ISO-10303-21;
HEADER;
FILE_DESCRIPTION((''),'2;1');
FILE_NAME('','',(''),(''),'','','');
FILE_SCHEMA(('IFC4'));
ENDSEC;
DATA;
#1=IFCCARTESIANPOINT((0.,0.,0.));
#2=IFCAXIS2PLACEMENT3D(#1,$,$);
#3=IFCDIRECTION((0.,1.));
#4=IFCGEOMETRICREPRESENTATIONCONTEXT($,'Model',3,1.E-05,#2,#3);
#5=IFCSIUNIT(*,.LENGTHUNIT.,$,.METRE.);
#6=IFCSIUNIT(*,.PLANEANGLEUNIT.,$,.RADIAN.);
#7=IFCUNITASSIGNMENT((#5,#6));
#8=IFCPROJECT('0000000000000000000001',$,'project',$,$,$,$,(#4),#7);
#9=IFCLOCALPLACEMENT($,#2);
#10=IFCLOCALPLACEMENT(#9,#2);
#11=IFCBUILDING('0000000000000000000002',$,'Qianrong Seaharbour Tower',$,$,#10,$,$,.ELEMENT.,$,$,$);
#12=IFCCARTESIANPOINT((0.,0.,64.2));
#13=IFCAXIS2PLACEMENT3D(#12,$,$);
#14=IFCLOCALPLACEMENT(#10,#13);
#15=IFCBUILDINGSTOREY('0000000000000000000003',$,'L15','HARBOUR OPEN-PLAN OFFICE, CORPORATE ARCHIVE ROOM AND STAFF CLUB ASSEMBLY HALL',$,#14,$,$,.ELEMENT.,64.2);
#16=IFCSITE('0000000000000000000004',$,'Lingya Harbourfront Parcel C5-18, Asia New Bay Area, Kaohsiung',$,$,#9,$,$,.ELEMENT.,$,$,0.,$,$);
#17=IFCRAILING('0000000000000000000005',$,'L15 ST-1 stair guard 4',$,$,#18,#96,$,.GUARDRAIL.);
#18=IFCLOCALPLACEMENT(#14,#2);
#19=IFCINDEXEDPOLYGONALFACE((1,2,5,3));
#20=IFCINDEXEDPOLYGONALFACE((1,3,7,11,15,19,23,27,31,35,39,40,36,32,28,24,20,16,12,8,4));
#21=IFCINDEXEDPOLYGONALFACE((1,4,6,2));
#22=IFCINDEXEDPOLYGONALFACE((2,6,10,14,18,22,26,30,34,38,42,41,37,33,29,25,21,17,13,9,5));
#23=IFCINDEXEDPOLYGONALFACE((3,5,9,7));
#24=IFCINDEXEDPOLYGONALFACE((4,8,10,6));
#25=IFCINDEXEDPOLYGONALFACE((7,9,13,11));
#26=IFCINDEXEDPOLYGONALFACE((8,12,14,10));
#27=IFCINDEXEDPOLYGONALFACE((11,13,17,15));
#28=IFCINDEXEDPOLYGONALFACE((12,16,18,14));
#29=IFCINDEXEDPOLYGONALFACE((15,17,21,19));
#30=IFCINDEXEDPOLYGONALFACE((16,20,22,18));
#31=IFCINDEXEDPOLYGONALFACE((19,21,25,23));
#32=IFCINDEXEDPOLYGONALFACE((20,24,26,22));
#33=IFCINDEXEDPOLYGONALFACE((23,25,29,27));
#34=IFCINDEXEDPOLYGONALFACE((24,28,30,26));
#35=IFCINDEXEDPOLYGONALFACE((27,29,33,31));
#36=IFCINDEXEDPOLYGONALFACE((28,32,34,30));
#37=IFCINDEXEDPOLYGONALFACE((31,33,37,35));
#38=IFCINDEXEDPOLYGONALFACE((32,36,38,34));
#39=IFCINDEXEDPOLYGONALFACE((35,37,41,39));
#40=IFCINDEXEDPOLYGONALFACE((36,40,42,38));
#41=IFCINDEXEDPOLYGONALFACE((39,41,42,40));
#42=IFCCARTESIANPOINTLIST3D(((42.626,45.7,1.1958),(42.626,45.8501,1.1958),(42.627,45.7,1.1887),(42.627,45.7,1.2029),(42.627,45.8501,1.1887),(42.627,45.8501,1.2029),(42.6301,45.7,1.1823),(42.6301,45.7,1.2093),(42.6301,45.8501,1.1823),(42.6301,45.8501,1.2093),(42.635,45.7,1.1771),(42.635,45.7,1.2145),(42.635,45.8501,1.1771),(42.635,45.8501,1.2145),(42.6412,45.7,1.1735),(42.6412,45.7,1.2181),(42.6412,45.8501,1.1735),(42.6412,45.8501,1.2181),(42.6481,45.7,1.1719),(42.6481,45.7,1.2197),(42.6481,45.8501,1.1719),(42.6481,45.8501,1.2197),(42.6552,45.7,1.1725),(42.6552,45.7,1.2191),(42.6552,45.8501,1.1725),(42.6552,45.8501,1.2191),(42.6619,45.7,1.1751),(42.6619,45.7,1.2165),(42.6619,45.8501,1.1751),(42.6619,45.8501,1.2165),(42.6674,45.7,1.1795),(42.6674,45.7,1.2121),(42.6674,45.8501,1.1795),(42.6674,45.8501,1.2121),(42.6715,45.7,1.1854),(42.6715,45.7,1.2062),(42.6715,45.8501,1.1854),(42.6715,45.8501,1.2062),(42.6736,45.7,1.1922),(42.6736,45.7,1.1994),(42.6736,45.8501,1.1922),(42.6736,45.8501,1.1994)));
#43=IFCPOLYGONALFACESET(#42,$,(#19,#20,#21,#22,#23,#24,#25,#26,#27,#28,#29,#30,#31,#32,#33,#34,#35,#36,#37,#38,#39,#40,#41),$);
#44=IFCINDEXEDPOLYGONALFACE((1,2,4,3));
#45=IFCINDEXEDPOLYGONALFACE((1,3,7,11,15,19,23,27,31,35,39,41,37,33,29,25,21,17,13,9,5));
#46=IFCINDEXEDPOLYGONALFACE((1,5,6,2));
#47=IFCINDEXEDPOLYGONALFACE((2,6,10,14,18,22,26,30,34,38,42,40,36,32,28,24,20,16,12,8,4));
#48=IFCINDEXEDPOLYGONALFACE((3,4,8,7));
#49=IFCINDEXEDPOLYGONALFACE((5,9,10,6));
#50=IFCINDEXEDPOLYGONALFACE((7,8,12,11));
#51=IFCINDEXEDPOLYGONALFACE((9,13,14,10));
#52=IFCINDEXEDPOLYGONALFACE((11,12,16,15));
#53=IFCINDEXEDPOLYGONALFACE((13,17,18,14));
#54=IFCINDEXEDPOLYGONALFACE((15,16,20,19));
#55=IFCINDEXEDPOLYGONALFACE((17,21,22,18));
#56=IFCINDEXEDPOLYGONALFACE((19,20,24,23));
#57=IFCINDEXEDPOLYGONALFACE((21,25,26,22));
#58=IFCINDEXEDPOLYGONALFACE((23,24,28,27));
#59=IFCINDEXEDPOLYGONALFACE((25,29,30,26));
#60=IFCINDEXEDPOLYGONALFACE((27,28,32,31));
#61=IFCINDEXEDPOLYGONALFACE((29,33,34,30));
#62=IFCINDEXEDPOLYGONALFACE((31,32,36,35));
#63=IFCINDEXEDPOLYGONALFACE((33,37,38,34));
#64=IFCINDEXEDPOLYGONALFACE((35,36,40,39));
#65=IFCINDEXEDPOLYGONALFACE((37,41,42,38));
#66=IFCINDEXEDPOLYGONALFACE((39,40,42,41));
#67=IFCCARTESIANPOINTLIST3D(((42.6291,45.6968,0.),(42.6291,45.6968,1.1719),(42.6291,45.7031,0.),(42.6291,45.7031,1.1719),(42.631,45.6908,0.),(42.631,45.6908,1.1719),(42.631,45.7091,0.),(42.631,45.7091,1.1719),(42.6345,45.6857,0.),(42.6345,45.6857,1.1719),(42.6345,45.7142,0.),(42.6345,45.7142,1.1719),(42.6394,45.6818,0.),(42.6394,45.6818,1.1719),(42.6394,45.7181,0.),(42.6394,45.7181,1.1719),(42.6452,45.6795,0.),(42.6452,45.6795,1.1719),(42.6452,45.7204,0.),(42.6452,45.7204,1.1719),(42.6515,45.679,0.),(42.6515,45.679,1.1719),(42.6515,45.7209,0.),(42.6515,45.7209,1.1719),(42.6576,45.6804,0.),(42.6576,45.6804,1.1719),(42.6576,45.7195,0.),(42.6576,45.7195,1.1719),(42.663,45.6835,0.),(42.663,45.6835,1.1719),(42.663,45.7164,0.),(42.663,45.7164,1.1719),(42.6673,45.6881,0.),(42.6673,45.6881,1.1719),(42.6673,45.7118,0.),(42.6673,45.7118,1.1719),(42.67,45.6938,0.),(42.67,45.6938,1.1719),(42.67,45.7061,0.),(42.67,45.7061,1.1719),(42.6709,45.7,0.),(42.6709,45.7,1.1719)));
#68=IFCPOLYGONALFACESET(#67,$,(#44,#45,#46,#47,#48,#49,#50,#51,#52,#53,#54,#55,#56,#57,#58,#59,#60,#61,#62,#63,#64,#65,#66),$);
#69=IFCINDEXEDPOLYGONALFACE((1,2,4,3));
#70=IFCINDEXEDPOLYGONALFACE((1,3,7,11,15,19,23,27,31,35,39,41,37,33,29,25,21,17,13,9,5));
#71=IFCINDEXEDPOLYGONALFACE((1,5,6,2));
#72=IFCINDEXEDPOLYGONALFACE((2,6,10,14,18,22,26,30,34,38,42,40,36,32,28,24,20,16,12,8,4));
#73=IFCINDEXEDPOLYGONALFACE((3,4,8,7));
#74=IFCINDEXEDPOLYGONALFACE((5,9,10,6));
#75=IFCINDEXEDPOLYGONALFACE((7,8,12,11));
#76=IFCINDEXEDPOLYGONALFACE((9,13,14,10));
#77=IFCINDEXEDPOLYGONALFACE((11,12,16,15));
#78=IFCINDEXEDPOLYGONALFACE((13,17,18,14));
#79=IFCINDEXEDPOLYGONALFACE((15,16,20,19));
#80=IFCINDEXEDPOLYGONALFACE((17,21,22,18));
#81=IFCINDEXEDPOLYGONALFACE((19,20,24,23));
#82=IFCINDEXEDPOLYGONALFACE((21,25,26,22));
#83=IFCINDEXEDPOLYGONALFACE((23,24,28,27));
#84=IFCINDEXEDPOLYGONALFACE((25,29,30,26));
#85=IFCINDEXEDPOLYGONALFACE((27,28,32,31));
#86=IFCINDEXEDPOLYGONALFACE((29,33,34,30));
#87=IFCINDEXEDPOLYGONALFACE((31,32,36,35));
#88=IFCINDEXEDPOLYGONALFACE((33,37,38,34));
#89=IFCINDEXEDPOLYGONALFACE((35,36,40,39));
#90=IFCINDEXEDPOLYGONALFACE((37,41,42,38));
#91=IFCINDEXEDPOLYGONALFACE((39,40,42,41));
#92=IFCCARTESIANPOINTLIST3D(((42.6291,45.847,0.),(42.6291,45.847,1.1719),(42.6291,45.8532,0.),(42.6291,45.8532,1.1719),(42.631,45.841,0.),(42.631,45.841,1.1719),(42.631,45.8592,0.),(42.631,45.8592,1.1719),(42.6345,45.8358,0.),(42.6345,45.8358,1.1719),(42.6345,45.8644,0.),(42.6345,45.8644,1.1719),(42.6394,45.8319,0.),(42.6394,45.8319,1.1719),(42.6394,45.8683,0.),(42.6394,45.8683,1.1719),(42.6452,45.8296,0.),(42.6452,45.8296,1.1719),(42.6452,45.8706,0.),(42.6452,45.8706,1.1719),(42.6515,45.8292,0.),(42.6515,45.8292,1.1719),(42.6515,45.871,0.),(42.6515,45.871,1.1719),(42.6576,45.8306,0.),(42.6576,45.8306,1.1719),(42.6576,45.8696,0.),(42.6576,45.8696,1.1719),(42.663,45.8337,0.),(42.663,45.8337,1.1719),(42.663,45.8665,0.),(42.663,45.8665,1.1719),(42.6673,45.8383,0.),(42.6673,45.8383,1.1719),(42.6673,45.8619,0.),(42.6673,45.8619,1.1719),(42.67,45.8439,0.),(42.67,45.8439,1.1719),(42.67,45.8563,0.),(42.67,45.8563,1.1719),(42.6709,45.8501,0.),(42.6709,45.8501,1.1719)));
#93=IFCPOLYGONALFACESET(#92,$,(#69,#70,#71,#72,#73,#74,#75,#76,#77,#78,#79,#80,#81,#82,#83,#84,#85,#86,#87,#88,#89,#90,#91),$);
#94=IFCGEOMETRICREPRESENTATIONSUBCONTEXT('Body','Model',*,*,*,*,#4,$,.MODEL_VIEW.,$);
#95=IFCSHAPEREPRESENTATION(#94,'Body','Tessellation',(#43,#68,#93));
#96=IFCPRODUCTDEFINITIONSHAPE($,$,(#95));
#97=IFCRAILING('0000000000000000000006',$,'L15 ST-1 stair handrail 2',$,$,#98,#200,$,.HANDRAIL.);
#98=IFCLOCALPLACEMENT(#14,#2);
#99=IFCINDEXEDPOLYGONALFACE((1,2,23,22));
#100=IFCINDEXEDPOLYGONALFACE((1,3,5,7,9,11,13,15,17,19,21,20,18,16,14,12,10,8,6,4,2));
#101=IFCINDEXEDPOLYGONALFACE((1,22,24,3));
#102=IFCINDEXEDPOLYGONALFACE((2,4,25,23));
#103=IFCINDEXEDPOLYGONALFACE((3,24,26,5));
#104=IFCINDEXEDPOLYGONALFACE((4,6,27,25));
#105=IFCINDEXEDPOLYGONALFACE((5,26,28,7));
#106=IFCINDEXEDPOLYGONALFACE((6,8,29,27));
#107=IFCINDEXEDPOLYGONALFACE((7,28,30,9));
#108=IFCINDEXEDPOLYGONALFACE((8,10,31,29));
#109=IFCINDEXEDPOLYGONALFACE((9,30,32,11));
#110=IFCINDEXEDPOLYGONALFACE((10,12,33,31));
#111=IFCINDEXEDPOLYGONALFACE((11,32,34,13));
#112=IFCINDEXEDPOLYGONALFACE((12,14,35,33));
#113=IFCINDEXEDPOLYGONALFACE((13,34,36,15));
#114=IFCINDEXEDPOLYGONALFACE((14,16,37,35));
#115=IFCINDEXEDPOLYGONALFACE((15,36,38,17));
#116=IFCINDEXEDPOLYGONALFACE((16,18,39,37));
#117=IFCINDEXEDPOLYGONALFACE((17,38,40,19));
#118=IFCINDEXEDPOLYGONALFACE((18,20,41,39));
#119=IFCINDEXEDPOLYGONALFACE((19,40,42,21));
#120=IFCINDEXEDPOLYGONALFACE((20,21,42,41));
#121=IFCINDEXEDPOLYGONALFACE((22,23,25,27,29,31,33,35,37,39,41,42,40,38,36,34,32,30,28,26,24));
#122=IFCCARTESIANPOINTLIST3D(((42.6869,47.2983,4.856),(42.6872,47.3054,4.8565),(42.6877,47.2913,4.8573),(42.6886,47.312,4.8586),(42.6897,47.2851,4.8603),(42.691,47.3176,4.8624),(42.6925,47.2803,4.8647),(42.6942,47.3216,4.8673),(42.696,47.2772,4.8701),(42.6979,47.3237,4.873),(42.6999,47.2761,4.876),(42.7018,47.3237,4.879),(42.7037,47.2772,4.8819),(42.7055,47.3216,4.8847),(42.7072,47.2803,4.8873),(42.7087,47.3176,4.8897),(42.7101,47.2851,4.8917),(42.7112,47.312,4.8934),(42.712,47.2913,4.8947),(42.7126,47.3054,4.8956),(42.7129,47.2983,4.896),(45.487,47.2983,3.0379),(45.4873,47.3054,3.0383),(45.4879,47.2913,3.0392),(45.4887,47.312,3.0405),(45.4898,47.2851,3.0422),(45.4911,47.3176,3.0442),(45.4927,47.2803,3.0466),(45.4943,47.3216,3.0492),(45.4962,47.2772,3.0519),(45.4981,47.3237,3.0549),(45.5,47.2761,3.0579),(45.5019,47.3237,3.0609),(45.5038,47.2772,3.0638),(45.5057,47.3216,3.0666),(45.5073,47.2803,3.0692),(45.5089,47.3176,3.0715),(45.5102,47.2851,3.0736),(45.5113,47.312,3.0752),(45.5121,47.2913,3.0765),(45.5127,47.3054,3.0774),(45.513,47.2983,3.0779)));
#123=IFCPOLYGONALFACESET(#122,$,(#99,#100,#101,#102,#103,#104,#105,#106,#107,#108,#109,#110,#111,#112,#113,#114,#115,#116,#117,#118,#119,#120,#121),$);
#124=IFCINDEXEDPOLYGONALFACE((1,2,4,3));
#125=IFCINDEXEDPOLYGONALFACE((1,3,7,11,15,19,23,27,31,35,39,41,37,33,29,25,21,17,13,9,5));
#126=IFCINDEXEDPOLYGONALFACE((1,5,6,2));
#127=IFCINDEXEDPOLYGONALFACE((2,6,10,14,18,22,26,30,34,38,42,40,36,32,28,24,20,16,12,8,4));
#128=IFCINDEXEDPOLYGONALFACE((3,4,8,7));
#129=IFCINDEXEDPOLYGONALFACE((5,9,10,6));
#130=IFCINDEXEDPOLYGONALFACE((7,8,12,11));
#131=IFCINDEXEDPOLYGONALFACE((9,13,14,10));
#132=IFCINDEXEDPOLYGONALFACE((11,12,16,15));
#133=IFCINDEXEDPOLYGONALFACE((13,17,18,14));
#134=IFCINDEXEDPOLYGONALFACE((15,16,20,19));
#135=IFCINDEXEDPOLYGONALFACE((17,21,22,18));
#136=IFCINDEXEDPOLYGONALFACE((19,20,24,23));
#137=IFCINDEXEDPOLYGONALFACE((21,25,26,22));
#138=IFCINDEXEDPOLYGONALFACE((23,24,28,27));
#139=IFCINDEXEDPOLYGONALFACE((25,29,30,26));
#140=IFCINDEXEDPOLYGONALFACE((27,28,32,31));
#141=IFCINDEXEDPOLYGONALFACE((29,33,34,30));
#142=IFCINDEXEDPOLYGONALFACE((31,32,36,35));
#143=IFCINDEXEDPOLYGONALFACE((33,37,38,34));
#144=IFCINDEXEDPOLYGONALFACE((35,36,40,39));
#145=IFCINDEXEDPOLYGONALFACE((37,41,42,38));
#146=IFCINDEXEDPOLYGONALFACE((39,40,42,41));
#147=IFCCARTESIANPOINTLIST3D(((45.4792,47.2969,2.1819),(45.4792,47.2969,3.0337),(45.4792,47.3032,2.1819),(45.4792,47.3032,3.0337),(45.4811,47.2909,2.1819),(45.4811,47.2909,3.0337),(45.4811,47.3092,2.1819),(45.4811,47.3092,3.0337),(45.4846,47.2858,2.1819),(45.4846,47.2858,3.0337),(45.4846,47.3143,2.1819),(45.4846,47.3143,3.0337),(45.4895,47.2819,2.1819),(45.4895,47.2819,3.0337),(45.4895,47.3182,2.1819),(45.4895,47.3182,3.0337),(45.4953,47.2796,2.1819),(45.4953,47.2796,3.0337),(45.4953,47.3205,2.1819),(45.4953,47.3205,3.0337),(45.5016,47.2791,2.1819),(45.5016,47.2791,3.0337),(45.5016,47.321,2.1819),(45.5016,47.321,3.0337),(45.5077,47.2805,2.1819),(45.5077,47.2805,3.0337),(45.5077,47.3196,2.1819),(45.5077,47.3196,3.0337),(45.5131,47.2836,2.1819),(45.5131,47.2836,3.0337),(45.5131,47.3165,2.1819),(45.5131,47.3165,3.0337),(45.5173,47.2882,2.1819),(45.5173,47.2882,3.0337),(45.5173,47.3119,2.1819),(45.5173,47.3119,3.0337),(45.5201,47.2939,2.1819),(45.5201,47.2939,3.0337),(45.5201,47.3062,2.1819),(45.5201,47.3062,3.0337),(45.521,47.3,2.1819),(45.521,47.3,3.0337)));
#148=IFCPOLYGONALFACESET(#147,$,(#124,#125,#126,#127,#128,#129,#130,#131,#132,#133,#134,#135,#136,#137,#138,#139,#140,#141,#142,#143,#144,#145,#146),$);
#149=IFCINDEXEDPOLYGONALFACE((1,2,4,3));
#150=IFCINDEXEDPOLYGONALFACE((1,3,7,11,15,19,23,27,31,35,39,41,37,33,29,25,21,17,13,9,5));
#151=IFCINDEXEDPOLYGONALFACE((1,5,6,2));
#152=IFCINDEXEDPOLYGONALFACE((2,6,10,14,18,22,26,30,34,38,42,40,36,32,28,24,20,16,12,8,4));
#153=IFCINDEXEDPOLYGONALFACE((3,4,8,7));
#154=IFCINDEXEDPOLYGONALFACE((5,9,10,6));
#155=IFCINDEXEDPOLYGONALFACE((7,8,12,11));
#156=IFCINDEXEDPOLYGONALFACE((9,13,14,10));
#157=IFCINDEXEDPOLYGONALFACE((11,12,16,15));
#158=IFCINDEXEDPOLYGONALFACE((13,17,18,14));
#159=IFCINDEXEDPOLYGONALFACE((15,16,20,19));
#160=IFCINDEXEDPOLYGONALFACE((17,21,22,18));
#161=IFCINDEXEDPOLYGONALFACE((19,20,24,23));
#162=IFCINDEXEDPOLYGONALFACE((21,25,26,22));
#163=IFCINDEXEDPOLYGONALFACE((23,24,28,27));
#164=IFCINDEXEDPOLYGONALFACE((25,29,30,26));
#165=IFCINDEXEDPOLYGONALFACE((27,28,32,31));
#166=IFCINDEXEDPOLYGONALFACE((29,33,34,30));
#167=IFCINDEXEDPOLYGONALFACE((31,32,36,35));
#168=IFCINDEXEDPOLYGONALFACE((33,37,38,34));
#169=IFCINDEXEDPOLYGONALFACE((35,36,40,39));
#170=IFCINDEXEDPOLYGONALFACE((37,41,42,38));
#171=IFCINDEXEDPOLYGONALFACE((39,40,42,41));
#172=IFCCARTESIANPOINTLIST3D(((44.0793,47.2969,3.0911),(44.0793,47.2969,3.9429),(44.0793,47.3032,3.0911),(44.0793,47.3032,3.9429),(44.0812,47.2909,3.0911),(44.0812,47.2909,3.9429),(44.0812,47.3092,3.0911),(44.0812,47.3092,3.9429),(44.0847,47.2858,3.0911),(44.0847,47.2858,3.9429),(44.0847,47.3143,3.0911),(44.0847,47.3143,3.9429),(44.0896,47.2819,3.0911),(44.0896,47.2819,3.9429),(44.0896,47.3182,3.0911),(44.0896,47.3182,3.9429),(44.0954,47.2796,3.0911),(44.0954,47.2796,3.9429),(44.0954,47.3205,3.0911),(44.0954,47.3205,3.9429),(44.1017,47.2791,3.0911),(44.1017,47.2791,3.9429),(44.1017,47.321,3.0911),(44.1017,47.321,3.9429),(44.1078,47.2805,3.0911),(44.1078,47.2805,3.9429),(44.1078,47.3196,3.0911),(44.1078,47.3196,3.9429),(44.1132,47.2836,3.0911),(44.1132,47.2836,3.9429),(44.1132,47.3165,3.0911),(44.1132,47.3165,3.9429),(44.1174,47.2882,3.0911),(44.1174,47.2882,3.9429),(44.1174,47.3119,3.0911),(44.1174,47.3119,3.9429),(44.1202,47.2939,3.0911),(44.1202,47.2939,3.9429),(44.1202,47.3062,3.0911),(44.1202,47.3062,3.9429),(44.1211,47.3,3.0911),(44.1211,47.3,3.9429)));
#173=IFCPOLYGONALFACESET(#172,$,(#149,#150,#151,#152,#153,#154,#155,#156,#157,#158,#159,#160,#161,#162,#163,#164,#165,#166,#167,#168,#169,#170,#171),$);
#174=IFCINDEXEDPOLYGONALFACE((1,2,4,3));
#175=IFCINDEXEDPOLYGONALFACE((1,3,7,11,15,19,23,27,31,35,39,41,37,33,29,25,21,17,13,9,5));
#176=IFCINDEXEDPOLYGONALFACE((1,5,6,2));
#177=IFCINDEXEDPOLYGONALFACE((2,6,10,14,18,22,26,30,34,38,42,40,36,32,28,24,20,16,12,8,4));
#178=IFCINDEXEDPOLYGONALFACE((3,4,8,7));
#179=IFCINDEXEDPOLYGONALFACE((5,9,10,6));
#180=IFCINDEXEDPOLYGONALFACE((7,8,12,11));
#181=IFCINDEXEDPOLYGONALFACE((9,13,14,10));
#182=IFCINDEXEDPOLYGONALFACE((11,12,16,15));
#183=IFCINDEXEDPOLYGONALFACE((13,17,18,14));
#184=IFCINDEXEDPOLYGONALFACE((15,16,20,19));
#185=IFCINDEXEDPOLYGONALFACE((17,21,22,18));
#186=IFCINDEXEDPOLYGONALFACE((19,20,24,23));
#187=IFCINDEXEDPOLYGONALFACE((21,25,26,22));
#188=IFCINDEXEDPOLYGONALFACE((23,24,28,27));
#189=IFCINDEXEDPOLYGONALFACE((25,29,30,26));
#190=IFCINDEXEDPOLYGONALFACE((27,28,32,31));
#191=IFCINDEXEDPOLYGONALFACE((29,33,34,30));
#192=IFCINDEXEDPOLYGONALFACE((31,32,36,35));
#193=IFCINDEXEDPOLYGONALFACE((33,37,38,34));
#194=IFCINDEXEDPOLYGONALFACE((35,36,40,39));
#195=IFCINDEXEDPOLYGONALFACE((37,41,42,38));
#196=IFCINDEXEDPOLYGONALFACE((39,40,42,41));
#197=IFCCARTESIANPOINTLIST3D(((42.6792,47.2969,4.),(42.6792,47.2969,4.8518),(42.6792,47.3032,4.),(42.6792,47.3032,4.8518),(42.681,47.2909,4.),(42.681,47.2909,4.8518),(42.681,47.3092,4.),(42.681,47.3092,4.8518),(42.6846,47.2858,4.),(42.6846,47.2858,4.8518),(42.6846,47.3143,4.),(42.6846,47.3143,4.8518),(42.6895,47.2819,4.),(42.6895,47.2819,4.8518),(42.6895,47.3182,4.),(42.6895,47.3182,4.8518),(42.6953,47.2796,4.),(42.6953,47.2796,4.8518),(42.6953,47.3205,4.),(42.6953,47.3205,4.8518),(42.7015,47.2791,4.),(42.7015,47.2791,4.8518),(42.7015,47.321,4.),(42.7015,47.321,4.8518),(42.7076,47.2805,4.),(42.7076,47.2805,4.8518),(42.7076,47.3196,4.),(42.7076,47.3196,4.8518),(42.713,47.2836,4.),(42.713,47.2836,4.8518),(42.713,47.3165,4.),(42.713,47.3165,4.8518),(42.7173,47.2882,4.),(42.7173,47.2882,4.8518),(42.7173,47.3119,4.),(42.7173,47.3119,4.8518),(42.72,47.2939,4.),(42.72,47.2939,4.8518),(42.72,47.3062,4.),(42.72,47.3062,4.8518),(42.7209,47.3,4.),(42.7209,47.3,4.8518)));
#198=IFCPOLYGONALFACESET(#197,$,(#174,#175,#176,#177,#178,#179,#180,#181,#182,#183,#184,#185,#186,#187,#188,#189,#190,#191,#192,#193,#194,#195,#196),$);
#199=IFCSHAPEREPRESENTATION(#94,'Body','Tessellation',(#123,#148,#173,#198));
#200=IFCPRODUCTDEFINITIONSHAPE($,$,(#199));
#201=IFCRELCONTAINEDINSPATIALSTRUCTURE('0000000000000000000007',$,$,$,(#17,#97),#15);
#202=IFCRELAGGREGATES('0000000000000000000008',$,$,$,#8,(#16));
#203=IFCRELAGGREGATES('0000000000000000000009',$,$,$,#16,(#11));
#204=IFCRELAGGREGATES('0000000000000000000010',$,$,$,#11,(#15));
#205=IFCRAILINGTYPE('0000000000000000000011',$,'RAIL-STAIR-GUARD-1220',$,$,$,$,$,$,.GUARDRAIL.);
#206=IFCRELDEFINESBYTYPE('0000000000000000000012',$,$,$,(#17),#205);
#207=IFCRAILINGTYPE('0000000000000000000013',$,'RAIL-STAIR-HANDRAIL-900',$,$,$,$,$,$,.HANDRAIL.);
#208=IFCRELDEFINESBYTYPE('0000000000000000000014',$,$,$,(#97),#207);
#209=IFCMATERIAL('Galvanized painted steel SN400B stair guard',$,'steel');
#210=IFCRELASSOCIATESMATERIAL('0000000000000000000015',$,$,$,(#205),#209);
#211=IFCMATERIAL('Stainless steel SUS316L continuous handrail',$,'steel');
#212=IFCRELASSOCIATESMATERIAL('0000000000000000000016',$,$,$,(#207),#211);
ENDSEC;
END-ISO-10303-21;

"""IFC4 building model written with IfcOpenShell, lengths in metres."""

from ifc_helpers import new_model, si_unit, direction, frame, origin, origin_2d, place, context, subcontext, project, spatial, circle, extrude, material, type_object, element, save


model = new_model("IFC4")

# Units and contexts
model_context = context("Model", 3, precision=1e-05, world=origin(), true_north=direction((0.0, 1.0)))
body_context = subcontext(model_context, "Body", "Model", "MODEL_VIEW")
ifc_project = project(units=[si_unit("LENGTHUNIT", "METRE"), si_unit("PLANEANGLEUNIT", "RADIAN")], contexts=[model_context])

# Site, building, storey
site_placement = place(None, origin())
site = spatial("IfcSite", under=ifc_project, at=site_placement, Name="Lingya Harbourfront Parcel C5-18, Asia New Bay Area, Kaohsiung", CompositionType="ELEMENT", RefElevation=0.0)
building_placement = place(site_placement, origin())
building = spatial("IfcBuilding", under=site, at=building_placement, Name="Qianrong Seaharbour Tower", CompositionType="ELEMENT")
storey_placement = place(building_placement, frame((0.0, 0.0, 64.2)))
storey = spatial("IfcBuildingStorey", under=building, at=storey_placement, Name="L15", Description="HARBOUR OPEN-PLAN OFFICE, CORPORATE ARCHIVE ROOM AND STAFF CLUB ASSEMBLY HALL", CompositionType="ELEMENT", Elevation=64.2)

# Railings
ifc_material_1 = material(Name="Galvanized painted steel SN400B stair guard", Category="steel")
railing_type_1 = type_object("IfcRailingType", Name="RAIL-STAIR-GUARD-1220", PredefinedType="GUARDRAIL", material=ifc_material_1)
railing_1_placement = place(storey_placement, frame((42.6499, 45.7, 0.0)))
element("IfcRailing", 1, at=railing_1_placement, inside=storey, type_object=railing_type_1, Name="L15 ST-1 stair guard 4", PredefinedType="GUARDRAIL", context=body_context, shape_type="SweptSolid", body=[
    extrude(circle(Radius=0.0239, at=origin_2d()), frame((0.0, 0.0, 1.1958), z_axis=(0.0, 1.0, 0.0), x_axis=(-1.0, 0.0, 0.0)), (0.0, 0.0, 1.0), 0.1501),
    extrude(circle(Radius=0.021, at=origin_2d()), origin(), (0.0, 0.0, 1.0), 1.1719),
    extrude(circle(Radius=0.021, at=origin_2d()), frame((0.0, 0.1501, 0.0)), (0.0, 0.0, 1.0), 1.1719),
])
ifc_material_2 = material(Name="Stainless steel SUS316L continuous handrail", Category="steel")
railing_type_2 = type_object("IfcRailingType", Name="RAIL-STAIR-HANDRAIL-900", PredefinedType="HANDRAIL", material=ifc_material_2)
railing_2_placement = place(storey_placement, frame((45.5, 47.3, 2.1819)))
element("IfcRailing", 2, at=railing_2_placement, inside=storey, type_object=railing_type_2, Name="L15 ST-1 stair handrail 2", PredefinedType="HANDRAIL", context=body_context, shape_type="SweptSolid", body=[
    extrude(circle(Radius=0.0239, at=origin_2d()), frame((0.0, 0.0, 0.876), z_axis=(-0.838706, 0.0, 0.544585), x_axis=(0.0, -1.0, 0.0)), (0.0, 0.0, 1.0), 3.3386),
    extrude(circle(Radius=0.021, at=origin_2d()), origin(), (0.0, 0.0, 1.0), 0.8518),
    extrude(circle(Radius=0.021, at=origin_2d()), frame((-1.3999, 0.0, 0.9092)), (0.0, 0.0, 1.0), 0.8518),
    extrude(circle(Radius=0.021, at=origin_2d()), frame((-2.8, 0.0, 1.8181)), (0.0, 0.0, 1.0), 0.8518),
])

save(model, "model.ifc")
